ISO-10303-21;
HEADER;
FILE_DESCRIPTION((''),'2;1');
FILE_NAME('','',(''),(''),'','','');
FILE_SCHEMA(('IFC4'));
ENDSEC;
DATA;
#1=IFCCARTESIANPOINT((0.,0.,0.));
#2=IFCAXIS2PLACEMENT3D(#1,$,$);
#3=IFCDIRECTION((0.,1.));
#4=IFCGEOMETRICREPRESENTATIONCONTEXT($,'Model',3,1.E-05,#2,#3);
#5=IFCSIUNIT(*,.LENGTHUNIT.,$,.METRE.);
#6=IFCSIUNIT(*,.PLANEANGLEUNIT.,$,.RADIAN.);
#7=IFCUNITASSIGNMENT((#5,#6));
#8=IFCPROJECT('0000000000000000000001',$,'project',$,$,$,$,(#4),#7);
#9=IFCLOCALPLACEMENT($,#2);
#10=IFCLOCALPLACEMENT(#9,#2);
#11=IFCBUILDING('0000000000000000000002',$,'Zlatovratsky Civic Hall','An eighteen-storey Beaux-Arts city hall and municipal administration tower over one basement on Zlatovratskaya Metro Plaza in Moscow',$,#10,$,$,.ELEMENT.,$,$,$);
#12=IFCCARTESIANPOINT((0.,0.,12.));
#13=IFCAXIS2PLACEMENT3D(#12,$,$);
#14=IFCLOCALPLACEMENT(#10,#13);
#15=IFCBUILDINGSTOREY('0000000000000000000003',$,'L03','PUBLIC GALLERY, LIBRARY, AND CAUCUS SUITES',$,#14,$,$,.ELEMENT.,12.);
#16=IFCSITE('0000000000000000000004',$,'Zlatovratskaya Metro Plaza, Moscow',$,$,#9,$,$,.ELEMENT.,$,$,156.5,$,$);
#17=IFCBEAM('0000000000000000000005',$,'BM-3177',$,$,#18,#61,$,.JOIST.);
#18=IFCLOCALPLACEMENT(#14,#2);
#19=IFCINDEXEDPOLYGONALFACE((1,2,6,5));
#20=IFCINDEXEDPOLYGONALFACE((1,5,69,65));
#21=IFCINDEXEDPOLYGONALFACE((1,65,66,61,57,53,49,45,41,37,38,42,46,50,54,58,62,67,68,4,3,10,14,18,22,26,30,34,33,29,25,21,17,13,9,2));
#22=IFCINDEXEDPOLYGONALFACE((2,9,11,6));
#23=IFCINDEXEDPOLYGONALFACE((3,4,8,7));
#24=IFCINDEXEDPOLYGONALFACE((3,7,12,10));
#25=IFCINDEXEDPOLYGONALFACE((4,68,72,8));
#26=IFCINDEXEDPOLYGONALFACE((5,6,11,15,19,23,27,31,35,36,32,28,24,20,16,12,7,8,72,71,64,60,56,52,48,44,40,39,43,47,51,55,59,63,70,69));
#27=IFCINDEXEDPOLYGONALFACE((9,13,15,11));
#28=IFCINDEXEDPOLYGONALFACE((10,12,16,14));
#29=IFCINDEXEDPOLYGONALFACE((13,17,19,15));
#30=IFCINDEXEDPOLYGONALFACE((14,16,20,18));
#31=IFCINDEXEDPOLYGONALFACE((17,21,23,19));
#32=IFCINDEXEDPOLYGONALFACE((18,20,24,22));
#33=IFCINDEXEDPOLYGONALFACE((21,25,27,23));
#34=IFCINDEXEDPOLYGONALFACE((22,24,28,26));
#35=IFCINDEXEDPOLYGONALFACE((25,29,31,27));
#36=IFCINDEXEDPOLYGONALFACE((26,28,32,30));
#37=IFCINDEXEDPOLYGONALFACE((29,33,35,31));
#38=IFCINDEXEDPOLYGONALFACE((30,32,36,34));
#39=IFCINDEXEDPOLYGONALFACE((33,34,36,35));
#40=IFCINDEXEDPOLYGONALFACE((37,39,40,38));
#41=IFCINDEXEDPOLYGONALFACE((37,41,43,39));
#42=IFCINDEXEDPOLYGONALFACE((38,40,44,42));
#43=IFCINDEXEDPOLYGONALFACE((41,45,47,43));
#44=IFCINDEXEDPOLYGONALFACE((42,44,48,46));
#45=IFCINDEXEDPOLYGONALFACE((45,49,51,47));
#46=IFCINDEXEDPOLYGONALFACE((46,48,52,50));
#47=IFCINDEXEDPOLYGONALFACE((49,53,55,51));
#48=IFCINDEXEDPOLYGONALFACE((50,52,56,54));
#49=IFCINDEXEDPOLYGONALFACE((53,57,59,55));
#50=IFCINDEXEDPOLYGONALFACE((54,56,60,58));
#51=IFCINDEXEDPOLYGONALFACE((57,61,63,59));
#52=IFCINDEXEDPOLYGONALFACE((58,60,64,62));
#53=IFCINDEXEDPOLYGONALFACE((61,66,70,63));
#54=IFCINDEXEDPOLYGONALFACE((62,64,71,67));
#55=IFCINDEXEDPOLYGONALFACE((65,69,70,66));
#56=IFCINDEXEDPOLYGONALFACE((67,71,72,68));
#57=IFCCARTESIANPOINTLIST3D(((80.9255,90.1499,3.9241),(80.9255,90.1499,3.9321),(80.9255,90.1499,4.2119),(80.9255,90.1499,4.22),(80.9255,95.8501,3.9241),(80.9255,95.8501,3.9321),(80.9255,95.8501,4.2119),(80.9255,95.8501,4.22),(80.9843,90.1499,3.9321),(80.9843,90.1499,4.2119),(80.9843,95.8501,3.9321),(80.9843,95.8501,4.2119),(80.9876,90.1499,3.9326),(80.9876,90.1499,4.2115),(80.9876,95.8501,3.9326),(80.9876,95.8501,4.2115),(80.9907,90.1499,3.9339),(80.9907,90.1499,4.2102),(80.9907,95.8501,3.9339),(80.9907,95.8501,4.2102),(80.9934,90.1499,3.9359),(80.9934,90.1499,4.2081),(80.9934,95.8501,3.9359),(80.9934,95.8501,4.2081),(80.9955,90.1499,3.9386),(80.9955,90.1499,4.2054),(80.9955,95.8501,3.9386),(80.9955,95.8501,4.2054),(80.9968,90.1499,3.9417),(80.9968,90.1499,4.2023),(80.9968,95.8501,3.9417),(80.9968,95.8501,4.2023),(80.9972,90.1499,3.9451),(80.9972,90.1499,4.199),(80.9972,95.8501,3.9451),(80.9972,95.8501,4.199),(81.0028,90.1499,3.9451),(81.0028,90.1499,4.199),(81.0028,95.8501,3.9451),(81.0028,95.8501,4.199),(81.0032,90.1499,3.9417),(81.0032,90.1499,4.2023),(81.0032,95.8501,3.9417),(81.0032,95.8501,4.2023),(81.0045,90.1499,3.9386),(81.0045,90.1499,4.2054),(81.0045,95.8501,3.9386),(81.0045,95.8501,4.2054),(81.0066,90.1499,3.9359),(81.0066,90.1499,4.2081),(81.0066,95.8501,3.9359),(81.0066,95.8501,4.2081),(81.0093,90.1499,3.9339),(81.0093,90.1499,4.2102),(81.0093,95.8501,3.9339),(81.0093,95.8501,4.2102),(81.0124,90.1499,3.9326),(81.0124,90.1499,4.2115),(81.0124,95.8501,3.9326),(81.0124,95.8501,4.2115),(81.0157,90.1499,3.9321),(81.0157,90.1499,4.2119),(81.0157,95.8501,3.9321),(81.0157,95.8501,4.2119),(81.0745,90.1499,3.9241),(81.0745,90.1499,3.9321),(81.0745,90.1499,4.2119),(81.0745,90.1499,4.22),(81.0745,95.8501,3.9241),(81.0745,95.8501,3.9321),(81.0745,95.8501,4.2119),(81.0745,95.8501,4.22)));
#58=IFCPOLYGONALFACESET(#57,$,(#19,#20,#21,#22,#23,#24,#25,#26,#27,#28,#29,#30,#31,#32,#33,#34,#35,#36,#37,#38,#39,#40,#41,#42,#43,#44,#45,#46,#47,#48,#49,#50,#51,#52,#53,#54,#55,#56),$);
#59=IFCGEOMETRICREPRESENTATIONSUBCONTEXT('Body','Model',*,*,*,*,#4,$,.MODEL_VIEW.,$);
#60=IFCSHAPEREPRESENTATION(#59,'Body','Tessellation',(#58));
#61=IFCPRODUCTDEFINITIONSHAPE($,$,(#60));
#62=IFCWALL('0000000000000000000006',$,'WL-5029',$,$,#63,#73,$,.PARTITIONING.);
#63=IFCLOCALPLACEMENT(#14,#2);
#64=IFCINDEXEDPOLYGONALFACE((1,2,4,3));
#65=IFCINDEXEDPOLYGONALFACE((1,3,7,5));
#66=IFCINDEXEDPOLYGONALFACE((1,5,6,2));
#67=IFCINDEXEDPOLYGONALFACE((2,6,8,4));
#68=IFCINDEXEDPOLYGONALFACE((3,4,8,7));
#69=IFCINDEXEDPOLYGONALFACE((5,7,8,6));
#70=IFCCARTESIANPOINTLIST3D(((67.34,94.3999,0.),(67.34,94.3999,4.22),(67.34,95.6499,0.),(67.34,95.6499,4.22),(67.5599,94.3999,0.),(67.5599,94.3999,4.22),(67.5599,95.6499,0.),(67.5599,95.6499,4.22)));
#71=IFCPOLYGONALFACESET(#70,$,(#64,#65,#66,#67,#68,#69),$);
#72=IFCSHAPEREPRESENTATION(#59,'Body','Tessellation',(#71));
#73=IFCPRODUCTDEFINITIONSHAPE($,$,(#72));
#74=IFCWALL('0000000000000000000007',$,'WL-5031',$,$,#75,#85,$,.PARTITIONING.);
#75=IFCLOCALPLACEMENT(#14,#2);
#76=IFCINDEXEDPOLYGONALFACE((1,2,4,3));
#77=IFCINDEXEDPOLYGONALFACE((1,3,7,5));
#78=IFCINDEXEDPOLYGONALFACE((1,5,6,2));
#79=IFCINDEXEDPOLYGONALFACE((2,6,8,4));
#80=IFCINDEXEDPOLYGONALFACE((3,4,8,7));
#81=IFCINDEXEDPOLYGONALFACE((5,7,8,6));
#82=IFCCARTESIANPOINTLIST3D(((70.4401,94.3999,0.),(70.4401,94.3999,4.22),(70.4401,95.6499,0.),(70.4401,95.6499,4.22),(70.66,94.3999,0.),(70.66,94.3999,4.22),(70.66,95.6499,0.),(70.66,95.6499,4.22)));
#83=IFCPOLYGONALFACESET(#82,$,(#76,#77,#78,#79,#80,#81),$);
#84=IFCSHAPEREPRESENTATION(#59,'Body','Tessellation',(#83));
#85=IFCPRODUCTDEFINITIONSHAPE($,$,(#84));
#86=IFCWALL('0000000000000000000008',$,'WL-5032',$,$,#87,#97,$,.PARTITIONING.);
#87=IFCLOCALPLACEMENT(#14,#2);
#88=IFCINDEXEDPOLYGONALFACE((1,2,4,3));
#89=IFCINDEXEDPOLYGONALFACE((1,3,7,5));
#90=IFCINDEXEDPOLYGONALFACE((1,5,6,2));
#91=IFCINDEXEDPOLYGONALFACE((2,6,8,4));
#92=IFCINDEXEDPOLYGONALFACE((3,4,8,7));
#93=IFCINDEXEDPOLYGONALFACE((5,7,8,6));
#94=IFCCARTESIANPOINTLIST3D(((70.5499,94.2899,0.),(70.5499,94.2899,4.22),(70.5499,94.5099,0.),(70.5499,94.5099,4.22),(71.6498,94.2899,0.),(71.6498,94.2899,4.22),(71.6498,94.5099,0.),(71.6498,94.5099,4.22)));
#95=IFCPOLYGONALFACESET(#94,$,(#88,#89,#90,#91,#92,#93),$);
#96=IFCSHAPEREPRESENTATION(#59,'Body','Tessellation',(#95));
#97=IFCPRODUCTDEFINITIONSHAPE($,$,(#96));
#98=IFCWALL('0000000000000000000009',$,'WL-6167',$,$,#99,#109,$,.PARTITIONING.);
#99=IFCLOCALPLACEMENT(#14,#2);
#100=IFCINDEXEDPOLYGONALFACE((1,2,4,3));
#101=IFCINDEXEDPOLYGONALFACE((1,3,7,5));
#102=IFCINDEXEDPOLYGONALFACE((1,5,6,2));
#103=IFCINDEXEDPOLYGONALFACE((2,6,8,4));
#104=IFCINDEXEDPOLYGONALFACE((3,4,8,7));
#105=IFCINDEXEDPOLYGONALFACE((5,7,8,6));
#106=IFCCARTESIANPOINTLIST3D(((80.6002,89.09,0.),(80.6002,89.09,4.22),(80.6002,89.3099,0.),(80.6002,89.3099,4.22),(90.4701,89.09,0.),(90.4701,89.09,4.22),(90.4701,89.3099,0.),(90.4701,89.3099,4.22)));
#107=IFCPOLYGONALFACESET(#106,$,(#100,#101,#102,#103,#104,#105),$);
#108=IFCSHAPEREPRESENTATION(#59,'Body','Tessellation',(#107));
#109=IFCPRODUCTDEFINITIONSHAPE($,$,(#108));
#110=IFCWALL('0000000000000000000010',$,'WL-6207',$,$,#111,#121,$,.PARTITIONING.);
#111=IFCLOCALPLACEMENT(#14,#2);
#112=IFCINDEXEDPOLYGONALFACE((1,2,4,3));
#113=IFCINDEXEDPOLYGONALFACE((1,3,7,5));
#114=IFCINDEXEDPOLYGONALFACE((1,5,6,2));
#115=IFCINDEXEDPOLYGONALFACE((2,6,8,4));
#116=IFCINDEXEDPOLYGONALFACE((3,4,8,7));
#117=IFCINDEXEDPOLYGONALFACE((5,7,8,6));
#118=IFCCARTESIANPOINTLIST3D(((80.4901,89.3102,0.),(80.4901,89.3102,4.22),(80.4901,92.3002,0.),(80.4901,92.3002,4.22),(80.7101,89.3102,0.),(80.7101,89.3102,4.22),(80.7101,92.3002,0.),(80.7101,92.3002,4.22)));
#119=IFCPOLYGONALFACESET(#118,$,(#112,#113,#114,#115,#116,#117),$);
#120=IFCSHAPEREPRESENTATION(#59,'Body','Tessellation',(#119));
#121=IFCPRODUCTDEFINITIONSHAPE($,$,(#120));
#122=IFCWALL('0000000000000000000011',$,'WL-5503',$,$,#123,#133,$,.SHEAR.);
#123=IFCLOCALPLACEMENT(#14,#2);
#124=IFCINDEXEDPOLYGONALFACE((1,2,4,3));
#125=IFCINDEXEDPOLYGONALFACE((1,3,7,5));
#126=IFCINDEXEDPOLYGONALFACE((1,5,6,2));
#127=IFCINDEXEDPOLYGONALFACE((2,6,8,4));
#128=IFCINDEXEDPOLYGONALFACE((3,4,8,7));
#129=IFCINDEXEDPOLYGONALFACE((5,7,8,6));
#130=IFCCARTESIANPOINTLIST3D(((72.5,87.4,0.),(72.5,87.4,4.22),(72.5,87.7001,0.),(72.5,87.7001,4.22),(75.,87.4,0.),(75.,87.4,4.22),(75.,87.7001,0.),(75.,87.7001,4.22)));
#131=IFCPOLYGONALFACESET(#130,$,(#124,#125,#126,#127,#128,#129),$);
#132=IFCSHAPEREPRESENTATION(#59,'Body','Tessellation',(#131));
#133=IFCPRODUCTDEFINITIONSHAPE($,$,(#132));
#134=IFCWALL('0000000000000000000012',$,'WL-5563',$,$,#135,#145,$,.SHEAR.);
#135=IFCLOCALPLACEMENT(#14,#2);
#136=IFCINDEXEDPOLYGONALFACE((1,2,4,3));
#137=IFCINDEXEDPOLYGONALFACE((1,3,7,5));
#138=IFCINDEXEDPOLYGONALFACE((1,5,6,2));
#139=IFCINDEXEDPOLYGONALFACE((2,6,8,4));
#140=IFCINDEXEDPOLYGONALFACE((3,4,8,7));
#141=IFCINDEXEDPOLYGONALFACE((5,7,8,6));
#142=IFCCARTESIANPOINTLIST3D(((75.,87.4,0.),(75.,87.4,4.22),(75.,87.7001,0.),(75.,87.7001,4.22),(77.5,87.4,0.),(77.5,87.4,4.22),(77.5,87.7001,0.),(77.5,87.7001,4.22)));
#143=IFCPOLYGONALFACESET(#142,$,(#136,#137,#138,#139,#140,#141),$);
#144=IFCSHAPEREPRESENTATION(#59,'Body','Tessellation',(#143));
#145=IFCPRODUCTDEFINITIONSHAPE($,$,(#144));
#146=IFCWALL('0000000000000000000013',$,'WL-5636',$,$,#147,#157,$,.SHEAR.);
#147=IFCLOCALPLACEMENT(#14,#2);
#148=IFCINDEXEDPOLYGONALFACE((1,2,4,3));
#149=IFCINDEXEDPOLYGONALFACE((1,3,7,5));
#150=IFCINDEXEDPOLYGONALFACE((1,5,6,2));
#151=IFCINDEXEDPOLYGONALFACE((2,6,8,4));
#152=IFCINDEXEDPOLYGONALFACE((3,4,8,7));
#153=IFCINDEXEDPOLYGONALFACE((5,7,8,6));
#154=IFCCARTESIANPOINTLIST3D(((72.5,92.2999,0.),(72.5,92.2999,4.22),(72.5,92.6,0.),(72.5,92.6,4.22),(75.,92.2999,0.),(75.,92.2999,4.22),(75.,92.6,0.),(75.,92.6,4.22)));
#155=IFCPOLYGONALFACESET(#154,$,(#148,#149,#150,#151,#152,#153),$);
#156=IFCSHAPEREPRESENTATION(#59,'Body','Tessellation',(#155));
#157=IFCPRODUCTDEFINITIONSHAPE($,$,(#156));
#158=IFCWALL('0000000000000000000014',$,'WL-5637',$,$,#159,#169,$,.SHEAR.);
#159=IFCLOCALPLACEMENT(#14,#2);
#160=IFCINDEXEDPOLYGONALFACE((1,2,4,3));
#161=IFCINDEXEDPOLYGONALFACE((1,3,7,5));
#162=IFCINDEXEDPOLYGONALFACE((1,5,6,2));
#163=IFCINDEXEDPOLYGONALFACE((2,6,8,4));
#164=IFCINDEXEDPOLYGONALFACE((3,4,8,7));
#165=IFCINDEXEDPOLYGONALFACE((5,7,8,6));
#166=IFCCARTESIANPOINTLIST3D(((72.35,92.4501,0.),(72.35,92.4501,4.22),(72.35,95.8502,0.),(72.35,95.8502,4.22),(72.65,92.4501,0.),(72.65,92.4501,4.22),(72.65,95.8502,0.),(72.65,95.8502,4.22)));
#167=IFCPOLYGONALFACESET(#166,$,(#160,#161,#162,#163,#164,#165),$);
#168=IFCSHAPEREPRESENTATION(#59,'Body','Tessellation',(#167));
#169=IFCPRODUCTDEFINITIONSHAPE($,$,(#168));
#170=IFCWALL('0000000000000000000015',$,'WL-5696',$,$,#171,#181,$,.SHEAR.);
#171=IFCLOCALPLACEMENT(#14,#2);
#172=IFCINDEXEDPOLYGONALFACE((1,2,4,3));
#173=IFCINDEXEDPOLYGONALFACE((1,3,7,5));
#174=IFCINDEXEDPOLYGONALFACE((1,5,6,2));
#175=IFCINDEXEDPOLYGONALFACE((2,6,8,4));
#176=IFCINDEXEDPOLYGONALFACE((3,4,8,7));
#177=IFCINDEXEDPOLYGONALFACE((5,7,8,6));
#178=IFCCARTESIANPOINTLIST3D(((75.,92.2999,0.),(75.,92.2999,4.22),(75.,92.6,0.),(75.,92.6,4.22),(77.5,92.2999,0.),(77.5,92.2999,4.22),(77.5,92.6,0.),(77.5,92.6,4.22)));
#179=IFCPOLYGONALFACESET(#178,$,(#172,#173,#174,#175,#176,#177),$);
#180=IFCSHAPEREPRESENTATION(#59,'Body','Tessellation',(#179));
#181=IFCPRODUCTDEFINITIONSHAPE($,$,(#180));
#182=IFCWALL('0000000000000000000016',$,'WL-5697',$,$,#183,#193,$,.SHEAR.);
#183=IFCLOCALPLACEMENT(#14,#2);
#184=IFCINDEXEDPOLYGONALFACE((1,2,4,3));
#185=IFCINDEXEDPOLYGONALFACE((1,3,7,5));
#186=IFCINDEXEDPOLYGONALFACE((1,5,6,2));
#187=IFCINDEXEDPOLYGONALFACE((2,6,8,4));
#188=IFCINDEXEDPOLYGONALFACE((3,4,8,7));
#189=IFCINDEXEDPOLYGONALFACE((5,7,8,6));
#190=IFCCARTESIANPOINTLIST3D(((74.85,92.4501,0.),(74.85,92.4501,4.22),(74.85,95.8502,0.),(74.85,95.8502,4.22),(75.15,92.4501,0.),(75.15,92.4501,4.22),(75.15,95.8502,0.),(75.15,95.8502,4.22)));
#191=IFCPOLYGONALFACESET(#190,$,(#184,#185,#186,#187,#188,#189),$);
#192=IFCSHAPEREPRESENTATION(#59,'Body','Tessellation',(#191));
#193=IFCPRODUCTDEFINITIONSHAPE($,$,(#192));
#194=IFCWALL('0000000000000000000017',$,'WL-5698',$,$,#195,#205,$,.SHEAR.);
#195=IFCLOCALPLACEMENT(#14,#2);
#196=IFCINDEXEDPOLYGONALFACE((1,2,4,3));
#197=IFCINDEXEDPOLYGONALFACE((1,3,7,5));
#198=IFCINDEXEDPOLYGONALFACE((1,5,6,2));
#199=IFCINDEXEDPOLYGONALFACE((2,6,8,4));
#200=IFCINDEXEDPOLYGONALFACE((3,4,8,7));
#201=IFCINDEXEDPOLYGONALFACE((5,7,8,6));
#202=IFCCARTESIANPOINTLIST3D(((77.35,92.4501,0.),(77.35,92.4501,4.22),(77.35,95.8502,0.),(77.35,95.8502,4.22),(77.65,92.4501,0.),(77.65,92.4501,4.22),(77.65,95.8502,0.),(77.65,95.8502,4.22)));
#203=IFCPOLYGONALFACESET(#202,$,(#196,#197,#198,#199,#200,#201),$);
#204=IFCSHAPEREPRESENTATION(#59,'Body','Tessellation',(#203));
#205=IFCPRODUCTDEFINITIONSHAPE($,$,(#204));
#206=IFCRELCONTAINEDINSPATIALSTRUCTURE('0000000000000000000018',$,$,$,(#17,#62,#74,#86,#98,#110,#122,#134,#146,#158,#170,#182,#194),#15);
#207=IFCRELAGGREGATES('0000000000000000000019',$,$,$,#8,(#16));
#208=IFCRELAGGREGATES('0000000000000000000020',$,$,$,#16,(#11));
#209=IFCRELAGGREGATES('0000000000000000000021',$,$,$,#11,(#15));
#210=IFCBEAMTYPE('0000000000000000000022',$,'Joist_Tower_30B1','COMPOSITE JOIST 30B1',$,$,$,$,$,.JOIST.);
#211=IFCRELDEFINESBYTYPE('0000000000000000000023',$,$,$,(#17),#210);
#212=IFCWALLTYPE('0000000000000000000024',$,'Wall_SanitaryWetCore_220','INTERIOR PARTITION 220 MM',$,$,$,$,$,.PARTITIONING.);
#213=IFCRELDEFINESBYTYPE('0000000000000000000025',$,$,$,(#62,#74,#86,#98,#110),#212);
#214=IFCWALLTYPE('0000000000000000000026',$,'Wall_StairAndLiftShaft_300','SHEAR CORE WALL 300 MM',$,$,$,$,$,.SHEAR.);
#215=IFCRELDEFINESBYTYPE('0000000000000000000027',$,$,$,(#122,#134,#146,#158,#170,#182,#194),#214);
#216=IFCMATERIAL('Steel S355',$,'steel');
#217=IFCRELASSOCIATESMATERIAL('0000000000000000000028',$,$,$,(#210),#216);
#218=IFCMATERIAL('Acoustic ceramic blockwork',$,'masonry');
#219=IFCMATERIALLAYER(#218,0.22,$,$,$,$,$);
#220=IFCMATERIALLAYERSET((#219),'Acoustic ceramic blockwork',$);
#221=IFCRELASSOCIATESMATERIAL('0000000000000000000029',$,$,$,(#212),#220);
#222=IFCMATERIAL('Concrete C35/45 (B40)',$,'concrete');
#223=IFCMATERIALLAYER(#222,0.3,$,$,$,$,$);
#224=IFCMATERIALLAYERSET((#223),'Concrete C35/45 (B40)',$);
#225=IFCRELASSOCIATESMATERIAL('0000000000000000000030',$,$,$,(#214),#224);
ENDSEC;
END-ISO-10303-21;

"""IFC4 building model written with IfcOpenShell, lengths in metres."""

from ifc_helpers import new_model, si_unit, direction, frame, frame_2d, origin, origin_2d, place, context, subcontext, project, spatial, rectangle, i_section, extrude, material, layer, layer_set, material_profile, profile_set, type_object, element, save


model = new_model("IFC4")

# Units and contexts
model_context = context("Model", 3, precision=1e-05, world=origin(), true_north=direction((0.0, 1.0)))
body_context = subcontext(model_context, "Body", "Model", "MODEL_VIEW")
ifc_project = project(units=[si_unit("LENGTHUNIT", "METRE"), si_unit("PLANEANGLEUNIT", "RADIAN")], contexts=[model_context])

# Site, building, storey
site_placement = place(None, origin())
site = spatial("IfcSite", under=ifc_project, at=site_placement, Name="Zlatovratskaya Metro Plaza, Moscow", CompositionType="ELEMENT", RefElevation=156.5)
building_placement = place(site_placement, origin())
building = spatial("IfcBuilding", under=site, at=building_placement, Name="Zlatovratsky Civic Hall", Description="An eighteen-storey Beaux-Arts city hall and municipal administration tower over one basement on Zlatovratskaya Metro Plaza in Moscow", CompositionType="ELEMENT")
storey_placement = place(building_placement, frame((0.0, 0.0, 12.0)))
storey = spatial("IfcBuildingStorey", under=building, at=storey_placement, Name="L03", Description="PUBLIC GALLERY, LIBRARY, AND CAUCUS SUITES", CompositionType="ELEMENT", Elevation=12.0)

# Shared definitions
ifc_material_1 = material(Name="Concrete C35/45 (B40)", Category="concrete")

# Shared definitions
ifc_material_2 = material(Name="Steel S355", Category="steel")

# Beam
ifc_material_profile_1 = material_profile(ifc_material_2, i_section(OverallWidth=0.1489, OverallDepth=0.2959, WebThickness=0.0056, FlangeThickness=0.0081, FilletRadius=0.0129, at=origin_2d()), Name="30B1")
ifc_profile_set_1 = profile_set([ifc_material_profile_1], Name="Steel S355")
beam_type_1 = type_object("IfcBeamType", Name="Joist_Tower_30B1", Description="COMPOSITE JOIST 30B1", PredefinedType="JOIST", material=ifc_profile_set_1)
beam_1_placement = place(storey_placement, frame((81.0, 90.1499, 4.072), z_axis=(0.0, 1.0, 0.0), x_axis=(-1.0, 0.0, 0.0)))
element("IfcBeam", 1, at=beam_1_placement, inside=storey, type_object=beam_type_1, Name="BM-3177", PredefinedType="JOIST", context=body_context, shape_type="SweptSolid", body=[
    extrude(i_section(OverallWidth=0.1489, OverallDepth=0.2959, WebThickness=0.0056, FlangeThickness=0.0081, FilletRadius=0.0129, at=origin_2d()), origin(), (0.0, 0.0, 1.0), 5.7002),
])

# Walls
ifc_material_3 = material(Name="Acoustic ceramic blockwork", Category="masonry")
ifc_layer_1 = layer(ifc_material_3, 0.22)
ifc_layer_set_1 = layer_set([ifc_layer_1], Name="Acoustic ceramic blockwork")
wall_type_1 = type_object("IfcWallType", Name="Wall_SanitaryWetCore_220", Description="INTERIOR PARTITION 220 MM", PredefinedType="PARTITIONING", material=ifc_layer_set_1)
for number, where, z_axis, x_axis, name in (
    (2, (67.45, 94.3999, 0.0), (0.0, 0.0, 1.0), (0.0, 1.0, 0.0), "WL-5029"),
    (3, (70.55, 94.3999, 0.0), (0.0, 0.0, 1.0), (0.0, 1.0, 0.0), "WL-5031"),
):
    element("IfcWall", number, at=place(storey_placement, frame(where, z_axis=z_axis, x_axis=x_axis)), inside=storey, type_object=wall_type_1, Name=name, PredefinedType="PARTITIONING", context=body_context, shape_type="SweptSolid", body=[
        extrude(rectangle(XDim=1.25, YDim=0.22, at=frame_2d((0.625, 0.0))), origin(), (0.0, 0.0, 1.0), 4.22),
    ])
wall_1_placement = place(storey_placement, frame((70.55, 94.3999, 0.0), z_axis=(0.0, 0.0, 1.0), x_axis=(1.0, 0.0, 0.0)))
element("IfcWall", 4, at=wall_1_placement, inside=storey, type_object=wall_type_1, Name="WL-5032", PredefinedType="PARTITIONING", context=body_context, shape_type="SweptSolid", body=[
    extrude(rectangle(XDim=1.0999, YDim=0.22, at=frame_2d((0.5498, 0.0))), origin(), (0.0, 0.0, 1.0), 4.22),
])
wall_2_placement = place(storey_placement, frame((80.6001, 89.2, 0.0), z_axis=(0.0, 0.0, 1.0), x_axis=(1.0, 0.0, 0.0)))
element("IfcWall", 5, at=wall_2_placement, inside=storey, type_object=wall_type_1, Name="WL-6167", PredefinedType="PARTITIONING", context=body_context, shape_type="SweptSolid", body=[
    extrude(rectangle(XDim=9.8699, YDim=0.22, at=frame_2d((4.9351, 0.0))), origin(), (0.0, 0.0, 1.0), 4.22),
])
wall_3_placement = place(storey_placement, frame((80.6001, 89.3101, 0.0), z_axis=(0.0, 0.0, 1.0), x_axis=(0.0, 1.0, 0.0)))
element("IfcWall", 6, at=wall_3_placement, inside=storey, type_object=wall_type_1, Name="WL-6207", PredefinedType="PARTITIONING", context=body_context, shape_type="SweptSolid", body=[
    extrude(rectangle(XDim=2.99, YDim=0.22, at=frame_2d((1.4951, 0.0))), origin(), (0.0, 0.0, 1.0), 4.22),
])
ifc_layer_2 = layer(ifc_material_1, 0.3)
ifc_layer_set_2 = layer_set([ifc_layer_2], Name="Concrete C35/45 (B40)")
wall_type_2 = type_object("IfcWallType", Name="Wall_StairAndLiftShaft_300", Description="SHEAR CORE WALL 300 MM", PredefinedType="SHEAR", material=ifc_layer_set_2)
for number, where, z_axis, x_axis, name in (
    (7, (72.5, 87.55, 0.0), (0.0, 0.0, 1.0), (1.0, 0.0, 0.0), "WL-5503"),
    (8, (75.0, 87.55, 0.0), (0.0, 0.0, 1.0), (1.0, 0.0, 0.0), "WL-5563"),
    (9, (72.5, 92.45, 0.0), (0.0, 0.0, 1.0), (1.0, 0.0, 0.0), "WL-5636"),
):
    element("IfcWall", number, at=place(storey_placement, frame(where, z_axis=z_axis, x_axis=x_axis)), inside=storey, type_object=wall_type_2, Name=name, PredefinedType="SHEAR", context=body_context, shape_type="SweptSolid", body=[
        extrude(rectangle(XDim=2.5, YDim=0.3, at=frame_2d((1.25, 0.0))), origin(), (0.0, 0.0, 1.0), 4.22),
    ])
wall_4_placement = place(storey_placement, frame((72.5, 92.45, 0.0), z_axis=(0.0, 0.0, 1.0), x_axis=(0.0, 1.0, 0.0)))
element("IfcWall", 10, at=wall_4_placement, inside=storey, type_object=wall_type_2, Name="WL-5637", PredefinedType="SHEAR", context=body_context, shape_type="SweptSolid", body=[
    extrude(rectangle(XDim=3.4001, YDim=0.3, at=frame_2d((1.7002, 0.0))), origin(), (0.0, 0.0, 1.0), 4.22),
])
wall_5_placement = place(storey_placement, frame((75.0, 92.45, 0.0), z_axis=(0.0, 0.0, 1.0), x_axis=(1.0, 0.0, 0.0)))
element("IfcWall", 11, at=wall_5_placement, inside=storey, type_object=wall_type_2, Name="WL-5696", PredefinedType="SHEAR", context=body_context, shape_type="SweptSolid", body=[
    extrude(rectangle(XDim=2.5, YDim=0.3, at=frame_2d((1.25, 0.0))), origin(), (0.0, 0.0, 1.0), 4.22),
])
for number, where, z_axis, x_axis, name in (
    (12, (75.0, 92.45, 0.0), (0.0, 0.0, 1.0), (0.0, 1.0, 0.0), "WL-5697"),
    (13, (77.5, 92.45, 0.0), (0.0, 0.0, 1.0), (0.0, 1.0, 0.0), "WL-5698"),
):
    element("IfcWall", number, at=place(storey_placement, frame(where, z_axis=z_axis, x_axis=x_axis)), inside=storey, type_object=wall_type_2, Name=name, PredefinedType="SHEAR", context=body_context, shape_type="SweptSolid", body=[
        extrude(rectangle(XDim=3.4001, YDim=0.3, at=frame_2d((1.7002, 0.0))), origin(), (0.0, 0.0, 1.0), 4.22),
    ])

save(model, "model.ifc")
